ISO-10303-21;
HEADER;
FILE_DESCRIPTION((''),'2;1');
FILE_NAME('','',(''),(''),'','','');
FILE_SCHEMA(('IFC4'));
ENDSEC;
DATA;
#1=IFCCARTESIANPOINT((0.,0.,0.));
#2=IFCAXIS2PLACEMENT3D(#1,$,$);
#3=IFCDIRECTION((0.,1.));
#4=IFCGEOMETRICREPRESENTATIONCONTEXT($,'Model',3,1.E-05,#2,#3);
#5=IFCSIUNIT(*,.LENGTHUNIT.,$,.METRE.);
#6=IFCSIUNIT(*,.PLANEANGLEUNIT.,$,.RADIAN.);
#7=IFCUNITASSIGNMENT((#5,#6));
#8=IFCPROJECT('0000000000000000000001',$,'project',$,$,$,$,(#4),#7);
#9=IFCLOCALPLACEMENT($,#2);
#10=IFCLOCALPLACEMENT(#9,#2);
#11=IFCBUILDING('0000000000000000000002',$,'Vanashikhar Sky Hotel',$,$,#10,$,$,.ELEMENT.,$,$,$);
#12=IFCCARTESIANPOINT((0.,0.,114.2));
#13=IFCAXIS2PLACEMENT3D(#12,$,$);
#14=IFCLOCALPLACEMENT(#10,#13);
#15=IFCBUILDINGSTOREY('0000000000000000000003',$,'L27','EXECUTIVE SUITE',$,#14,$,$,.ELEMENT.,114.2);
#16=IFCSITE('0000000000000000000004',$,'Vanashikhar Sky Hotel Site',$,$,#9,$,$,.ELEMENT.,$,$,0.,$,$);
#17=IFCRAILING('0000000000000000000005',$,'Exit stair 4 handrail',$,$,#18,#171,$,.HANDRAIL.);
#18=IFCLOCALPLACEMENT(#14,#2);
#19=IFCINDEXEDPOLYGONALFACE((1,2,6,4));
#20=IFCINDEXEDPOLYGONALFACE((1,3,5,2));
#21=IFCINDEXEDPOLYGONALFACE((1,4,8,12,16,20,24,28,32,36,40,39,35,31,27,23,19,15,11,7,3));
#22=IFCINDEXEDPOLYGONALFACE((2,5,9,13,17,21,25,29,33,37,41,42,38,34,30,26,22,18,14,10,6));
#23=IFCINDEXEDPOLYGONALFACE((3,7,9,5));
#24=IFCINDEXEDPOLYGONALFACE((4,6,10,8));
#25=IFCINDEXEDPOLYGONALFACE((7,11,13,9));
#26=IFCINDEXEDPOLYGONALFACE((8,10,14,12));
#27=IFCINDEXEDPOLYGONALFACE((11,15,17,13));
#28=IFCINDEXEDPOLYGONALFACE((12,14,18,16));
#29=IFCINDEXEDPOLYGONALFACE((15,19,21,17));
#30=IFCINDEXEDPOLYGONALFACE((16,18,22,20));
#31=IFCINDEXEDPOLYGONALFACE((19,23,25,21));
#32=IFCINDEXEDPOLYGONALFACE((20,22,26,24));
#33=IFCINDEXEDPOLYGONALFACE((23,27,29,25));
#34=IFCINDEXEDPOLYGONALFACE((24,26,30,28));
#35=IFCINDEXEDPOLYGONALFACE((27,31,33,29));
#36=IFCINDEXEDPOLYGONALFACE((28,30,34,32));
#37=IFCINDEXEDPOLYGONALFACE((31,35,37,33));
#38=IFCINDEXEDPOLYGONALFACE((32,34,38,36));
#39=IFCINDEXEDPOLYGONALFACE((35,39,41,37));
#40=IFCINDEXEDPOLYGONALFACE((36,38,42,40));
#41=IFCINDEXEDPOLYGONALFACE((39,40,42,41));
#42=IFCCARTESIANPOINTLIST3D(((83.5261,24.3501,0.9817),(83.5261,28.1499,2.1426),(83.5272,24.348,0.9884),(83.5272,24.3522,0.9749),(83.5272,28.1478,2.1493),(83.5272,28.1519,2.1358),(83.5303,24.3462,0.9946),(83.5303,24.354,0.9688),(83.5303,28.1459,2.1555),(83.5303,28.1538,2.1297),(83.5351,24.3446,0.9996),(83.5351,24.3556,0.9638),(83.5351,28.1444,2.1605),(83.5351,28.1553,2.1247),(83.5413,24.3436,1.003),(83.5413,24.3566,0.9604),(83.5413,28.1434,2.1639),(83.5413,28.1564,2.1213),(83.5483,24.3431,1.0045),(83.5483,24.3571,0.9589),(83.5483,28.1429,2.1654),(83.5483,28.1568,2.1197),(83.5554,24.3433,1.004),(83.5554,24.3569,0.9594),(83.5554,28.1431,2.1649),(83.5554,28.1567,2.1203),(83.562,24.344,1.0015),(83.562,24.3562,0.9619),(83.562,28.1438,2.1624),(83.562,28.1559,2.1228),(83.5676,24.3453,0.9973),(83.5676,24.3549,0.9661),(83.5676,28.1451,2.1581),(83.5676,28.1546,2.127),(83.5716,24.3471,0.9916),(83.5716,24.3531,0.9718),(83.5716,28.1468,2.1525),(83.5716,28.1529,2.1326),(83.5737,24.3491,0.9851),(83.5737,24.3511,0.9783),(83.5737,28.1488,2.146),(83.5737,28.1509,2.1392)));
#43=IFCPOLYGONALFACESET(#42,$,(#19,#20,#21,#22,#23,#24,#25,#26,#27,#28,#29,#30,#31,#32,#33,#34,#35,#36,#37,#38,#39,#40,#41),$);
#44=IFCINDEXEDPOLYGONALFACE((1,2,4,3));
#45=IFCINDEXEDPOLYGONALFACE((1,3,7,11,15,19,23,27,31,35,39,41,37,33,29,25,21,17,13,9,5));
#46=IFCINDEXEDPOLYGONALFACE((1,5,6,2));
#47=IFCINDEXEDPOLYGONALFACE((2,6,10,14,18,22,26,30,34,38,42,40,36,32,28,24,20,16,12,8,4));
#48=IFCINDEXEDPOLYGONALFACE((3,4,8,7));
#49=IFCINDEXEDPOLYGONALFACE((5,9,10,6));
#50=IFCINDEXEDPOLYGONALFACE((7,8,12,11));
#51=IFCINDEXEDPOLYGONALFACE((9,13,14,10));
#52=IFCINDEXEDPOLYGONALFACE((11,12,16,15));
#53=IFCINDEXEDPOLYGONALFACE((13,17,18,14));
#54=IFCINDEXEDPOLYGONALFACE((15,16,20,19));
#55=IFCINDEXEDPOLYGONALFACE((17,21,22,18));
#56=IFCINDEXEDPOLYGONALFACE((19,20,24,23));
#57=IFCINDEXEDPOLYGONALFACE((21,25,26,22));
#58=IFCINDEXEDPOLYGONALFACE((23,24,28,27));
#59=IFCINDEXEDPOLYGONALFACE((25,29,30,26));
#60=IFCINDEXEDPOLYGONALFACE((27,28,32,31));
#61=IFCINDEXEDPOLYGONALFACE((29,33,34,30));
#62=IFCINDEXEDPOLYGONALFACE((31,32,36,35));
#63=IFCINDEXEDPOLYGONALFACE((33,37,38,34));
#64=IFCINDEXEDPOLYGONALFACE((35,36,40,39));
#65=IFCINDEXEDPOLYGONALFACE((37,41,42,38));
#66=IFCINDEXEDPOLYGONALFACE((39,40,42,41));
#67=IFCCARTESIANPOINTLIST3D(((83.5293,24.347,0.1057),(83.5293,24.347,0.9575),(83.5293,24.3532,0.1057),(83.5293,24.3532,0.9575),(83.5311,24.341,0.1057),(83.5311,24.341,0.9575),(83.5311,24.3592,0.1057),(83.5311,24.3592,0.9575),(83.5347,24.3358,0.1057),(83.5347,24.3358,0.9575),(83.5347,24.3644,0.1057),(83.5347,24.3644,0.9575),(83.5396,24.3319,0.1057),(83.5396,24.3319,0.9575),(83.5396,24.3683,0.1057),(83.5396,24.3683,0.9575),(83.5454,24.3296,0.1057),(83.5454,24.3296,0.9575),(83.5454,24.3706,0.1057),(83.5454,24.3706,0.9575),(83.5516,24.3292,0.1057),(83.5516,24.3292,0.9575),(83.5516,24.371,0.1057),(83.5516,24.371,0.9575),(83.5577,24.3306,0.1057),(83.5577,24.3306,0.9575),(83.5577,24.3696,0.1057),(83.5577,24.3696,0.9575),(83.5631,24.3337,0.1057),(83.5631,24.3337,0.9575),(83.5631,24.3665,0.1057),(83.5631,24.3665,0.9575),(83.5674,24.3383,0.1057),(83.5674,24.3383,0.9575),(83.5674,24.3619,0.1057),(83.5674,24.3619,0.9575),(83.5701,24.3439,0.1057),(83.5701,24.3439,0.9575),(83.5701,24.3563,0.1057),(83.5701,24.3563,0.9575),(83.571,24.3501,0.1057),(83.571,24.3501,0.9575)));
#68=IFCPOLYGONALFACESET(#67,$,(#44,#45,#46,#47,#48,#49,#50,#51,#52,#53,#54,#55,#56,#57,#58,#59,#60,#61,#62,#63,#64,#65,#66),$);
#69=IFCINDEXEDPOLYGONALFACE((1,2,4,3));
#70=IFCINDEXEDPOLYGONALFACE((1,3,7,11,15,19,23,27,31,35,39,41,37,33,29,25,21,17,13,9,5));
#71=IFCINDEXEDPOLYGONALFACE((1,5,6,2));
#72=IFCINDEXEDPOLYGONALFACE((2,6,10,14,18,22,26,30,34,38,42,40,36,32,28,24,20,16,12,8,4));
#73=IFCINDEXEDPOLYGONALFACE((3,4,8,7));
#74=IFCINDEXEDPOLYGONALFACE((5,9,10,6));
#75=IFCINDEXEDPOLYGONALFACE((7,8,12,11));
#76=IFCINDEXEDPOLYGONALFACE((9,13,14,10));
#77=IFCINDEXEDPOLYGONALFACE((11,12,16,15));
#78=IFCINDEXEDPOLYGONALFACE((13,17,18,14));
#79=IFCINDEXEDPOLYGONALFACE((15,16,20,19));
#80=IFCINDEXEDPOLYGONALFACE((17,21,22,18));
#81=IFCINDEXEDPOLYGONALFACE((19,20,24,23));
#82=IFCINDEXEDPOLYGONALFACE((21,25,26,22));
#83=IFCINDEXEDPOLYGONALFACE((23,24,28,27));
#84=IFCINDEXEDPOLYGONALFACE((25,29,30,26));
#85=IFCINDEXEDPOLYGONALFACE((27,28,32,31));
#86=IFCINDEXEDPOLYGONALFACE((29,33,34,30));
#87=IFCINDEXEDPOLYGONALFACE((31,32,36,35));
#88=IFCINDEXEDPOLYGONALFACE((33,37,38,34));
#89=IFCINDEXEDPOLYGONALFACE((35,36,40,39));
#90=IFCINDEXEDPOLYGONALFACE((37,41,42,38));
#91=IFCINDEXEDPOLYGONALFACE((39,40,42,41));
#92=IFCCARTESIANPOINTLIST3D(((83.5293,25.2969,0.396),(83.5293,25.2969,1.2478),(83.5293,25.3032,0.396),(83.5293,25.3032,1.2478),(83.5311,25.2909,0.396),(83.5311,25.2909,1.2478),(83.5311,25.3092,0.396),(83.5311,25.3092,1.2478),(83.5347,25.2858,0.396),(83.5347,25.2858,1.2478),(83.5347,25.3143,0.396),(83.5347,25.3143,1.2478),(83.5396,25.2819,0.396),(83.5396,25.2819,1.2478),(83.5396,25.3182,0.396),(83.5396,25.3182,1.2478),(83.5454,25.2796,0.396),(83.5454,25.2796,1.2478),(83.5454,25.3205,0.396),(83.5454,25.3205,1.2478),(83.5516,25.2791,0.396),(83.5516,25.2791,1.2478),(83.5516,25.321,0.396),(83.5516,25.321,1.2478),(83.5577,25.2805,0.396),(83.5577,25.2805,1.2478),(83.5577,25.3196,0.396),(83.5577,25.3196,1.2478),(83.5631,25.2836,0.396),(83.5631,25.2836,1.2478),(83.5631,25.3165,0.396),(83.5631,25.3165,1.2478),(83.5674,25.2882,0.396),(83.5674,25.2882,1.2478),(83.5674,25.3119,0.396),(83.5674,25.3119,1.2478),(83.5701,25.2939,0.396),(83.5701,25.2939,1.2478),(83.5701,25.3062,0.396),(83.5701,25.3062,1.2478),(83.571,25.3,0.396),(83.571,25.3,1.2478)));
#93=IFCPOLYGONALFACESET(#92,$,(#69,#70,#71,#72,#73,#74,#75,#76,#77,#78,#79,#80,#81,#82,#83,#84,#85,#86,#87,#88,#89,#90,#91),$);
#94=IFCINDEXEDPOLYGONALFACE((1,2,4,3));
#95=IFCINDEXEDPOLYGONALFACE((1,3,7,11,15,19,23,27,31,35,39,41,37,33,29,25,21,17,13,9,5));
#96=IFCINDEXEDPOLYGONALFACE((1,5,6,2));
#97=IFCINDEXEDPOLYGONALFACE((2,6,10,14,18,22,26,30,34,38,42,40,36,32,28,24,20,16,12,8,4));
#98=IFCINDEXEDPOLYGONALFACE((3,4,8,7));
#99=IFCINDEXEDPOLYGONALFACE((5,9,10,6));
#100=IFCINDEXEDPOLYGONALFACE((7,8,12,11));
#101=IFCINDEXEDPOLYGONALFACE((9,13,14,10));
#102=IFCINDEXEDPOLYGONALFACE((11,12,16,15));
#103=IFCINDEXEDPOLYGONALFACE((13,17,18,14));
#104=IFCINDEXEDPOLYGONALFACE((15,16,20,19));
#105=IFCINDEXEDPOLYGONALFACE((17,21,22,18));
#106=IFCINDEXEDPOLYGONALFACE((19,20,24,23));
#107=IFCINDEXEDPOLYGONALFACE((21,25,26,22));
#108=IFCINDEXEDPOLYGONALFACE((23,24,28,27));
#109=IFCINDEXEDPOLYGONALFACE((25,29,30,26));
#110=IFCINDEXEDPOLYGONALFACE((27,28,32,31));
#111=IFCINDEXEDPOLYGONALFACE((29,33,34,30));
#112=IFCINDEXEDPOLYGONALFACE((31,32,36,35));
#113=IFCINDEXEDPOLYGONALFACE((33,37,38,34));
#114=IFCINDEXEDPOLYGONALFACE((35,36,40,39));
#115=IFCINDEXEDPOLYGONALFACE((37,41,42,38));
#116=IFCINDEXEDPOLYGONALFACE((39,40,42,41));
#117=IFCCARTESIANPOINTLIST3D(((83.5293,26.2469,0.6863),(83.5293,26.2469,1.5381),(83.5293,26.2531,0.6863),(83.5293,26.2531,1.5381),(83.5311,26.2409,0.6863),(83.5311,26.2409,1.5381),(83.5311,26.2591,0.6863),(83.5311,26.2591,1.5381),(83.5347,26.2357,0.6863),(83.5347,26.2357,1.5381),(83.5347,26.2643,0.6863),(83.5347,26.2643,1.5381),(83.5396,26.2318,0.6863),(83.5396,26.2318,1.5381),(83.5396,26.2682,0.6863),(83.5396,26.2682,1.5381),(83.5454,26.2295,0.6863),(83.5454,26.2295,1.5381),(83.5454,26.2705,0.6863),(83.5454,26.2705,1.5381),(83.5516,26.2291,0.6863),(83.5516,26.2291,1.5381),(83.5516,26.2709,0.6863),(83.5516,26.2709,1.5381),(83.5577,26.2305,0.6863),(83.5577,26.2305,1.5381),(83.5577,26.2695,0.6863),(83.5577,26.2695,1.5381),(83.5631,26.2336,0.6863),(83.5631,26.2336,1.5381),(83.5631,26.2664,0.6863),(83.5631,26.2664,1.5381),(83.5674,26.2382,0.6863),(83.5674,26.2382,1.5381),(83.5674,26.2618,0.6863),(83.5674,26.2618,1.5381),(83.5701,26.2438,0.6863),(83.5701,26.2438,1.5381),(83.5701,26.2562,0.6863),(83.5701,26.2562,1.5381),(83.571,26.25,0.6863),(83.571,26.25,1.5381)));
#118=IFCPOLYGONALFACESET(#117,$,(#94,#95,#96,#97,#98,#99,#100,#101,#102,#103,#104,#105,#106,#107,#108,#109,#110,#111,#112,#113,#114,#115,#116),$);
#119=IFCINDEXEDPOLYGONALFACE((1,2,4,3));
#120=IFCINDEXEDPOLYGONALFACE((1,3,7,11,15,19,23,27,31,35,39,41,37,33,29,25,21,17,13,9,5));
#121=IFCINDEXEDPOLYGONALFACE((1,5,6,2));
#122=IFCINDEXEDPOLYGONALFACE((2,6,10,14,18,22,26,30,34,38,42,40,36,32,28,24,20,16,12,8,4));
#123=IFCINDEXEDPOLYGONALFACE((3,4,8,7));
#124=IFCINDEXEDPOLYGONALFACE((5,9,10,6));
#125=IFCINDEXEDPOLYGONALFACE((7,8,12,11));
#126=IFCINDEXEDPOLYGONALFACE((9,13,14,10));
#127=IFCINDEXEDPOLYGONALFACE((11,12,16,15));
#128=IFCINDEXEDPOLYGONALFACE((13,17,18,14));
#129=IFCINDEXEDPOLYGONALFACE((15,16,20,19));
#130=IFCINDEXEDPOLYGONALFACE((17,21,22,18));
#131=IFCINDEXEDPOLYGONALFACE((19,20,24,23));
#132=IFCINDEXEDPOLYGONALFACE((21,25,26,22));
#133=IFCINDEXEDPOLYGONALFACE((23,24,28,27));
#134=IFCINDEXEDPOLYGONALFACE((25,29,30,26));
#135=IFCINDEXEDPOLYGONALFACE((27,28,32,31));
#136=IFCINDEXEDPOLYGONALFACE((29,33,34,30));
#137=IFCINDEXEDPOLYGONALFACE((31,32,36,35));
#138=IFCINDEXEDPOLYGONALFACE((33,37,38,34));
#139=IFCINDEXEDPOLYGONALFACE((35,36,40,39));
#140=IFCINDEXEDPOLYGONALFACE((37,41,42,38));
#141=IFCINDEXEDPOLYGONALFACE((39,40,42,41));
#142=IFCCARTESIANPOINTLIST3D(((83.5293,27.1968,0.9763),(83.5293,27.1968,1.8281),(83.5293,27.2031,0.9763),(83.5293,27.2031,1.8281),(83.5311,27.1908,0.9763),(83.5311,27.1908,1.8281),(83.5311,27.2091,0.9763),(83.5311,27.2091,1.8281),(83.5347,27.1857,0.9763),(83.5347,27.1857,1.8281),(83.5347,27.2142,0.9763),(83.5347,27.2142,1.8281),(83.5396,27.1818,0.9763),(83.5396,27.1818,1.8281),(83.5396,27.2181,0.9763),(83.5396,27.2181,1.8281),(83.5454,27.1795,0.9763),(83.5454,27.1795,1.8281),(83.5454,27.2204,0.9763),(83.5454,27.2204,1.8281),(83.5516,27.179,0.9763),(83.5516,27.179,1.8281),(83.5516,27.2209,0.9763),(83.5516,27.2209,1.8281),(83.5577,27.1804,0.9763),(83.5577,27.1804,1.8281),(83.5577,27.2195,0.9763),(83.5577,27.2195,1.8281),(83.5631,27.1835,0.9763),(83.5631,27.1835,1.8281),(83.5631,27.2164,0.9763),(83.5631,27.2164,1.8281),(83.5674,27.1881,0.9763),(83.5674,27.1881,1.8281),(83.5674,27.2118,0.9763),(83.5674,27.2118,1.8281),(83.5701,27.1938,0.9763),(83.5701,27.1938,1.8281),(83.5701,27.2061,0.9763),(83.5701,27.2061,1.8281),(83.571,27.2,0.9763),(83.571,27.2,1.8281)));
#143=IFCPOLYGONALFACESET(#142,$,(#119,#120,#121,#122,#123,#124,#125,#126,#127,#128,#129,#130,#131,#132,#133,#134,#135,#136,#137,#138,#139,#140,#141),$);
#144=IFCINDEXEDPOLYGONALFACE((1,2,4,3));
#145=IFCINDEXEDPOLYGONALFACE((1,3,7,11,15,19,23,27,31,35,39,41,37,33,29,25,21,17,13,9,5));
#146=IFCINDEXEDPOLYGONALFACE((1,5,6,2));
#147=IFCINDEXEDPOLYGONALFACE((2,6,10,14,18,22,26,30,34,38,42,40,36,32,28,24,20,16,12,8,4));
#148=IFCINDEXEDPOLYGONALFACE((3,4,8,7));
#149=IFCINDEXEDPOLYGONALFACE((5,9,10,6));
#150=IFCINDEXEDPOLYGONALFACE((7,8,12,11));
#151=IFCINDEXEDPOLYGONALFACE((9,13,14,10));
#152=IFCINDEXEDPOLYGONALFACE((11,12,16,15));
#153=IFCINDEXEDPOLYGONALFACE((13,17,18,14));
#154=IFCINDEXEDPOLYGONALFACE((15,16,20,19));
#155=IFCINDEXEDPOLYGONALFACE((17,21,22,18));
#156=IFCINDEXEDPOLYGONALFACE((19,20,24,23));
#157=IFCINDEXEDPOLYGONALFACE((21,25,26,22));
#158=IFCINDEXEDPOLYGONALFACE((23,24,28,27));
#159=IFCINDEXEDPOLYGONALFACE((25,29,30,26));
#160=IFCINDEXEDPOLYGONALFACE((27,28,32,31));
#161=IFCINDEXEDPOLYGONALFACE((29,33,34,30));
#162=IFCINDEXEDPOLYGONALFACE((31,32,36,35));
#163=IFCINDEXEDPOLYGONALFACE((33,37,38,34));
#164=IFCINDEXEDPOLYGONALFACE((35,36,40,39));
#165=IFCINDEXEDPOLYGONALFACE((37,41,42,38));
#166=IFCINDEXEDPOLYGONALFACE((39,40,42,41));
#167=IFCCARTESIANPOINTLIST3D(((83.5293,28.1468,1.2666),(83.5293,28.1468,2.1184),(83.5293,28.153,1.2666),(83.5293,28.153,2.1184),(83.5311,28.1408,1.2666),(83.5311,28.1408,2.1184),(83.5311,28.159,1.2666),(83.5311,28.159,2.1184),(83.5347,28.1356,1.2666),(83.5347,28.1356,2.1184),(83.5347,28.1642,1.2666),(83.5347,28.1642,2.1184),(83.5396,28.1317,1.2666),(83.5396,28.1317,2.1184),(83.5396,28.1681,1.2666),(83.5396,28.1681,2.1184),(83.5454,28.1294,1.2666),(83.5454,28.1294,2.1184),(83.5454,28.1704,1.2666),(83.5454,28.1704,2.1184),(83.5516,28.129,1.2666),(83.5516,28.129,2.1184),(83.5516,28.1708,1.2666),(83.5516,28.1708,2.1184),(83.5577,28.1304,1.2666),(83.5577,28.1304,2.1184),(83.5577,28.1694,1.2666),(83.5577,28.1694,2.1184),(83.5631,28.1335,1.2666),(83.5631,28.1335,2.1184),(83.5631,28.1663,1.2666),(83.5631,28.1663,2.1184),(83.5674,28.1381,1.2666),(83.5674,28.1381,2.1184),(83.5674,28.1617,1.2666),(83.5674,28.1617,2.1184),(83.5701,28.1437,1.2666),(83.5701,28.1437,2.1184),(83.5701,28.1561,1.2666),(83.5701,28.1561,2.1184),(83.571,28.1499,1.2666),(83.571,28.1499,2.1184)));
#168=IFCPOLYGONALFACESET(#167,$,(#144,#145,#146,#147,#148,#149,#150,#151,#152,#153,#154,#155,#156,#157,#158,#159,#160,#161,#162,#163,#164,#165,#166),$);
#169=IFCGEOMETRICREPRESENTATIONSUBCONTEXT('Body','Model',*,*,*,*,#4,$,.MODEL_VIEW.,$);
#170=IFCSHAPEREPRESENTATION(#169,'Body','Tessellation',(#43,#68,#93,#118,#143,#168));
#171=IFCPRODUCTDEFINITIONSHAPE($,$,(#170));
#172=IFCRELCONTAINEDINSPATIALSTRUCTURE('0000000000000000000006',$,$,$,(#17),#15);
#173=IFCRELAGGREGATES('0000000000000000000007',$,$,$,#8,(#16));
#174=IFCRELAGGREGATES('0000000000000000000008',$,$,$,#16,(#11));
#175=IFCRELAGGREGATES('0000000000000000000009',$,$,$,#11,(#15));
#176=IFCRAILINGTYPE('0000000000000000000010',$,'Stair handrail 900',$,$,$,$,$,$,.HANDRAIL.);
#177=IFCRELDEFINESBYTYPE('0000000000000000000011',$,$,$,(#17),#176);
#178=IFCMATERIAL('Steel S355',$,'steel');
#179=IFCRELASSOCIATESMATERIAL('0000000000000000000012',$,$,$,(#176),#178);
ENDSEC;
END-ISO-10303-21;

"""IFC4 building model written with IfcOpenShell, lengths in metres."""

from ifc_helpers import new_model, si_unit, direction, frame, origin, origin_2d, place, context, subcontext, project, spatial, circle, extrude, source, transform, mapped, material, type_object, element, save


model = new_model("IFC4")

# Units and contexts
model_context = context("Model", 3, precision=1e-05, world=origin(), true_north=direction((0.0, 1.0)))
body_context = subcontext(model_context, "Body", "Model", "MODEL_VIEW")
ifc_project = project(units=[si_unit("LENGTHUNIT", "METRE"), si_unit("PLANEANGLEUNIT", "RADIAN")], contexts=[model_context])

# Site, building, storey
site_placement = place(None, origin())
site = spatial("IfcSite", under=ifc_project, at=site_placement, Name="Vanashikhar Sky Hotel Site", CompositionType="ELEMENT", RefElevation=0.0)
building_placement = place(site_placement, origin())
building = spatial("IfcBuilding", under=site, at=building_placement, Name="Vanashikhar Sky Hotel", CompositionType="ELEMENT")
storey_placement = place(building_placement, frame((0.0, 0.0, 114.2)))
storey = spatial("IfcBuildingStorey", under=building, at=storey_placement, Name="L27", Description="EXECUTIVE SUITE", CompositionType="ELEMENT", Elevation=114.2)

# Railing
ifc_material_1 = material(Name="Steel S355", Category="steel")
railing_type_1 = type_object("IfcRailingType", Name="Stair handrail 900", PredefinedType="HANDRAIL", material=ifc_material_1)
shared_shape_1 = source(origin(), body_context, "Body", "SweptSolid", [
    extrude(circle(Radius=0.0239, at=origin_2d()), frame((0.0, 0.0, 0.876), z_axis=(0.0, 0.956363, 0.292181), x_axis=(-1.0, 0.0, 0.0)), (0.0, 0.0, 1.0), 3.9731),
    extrude(circle(Radius=0.021, at=origin_2d()), origin(), (0.0, 0.0, 1.0), 0.8518),
    extrude(circle(Radius=0.021, at=origin_2d()), frame((0.0, 0.95, 0.2903)), (0.0, 0.0, 1.0), 0.8518),
    extrude(circle(Radius=0.021, at=origin_2d()), frame((0.0, 1.8999, 0.5806)), (0.0, 0.0, 1.0), 0.8518),
    extrude(circle(Radius=0.021, at=origin_2d()), frame((0.0, 2.8499, 0.8706)), (0.0, 0.0, 1.0), 0.8518),
    extrude(circle(Radius=0.021, at=origin_2d()), frame((0.0, 3.7998, 1.1609)), (0.0, 0.0, 1.0), 0.8518),
])
railing_1_placement = place(storey_placement, frame((83.55, 24.3501, 0.1057)))
element("IfcRailing", 1, at=railing_1_placement, inside=storey, type_object=railing_type_1, Name="Exit stair 4 handrail", PredefinedType="HANDRAIL", context=body_context, shape_type="MappedRepresentation", body=[
    mapped(shared_shape_1, transform((0.0, 0.0, 0.0), scale=1.0)),
])

save(model, "model.ifc")
